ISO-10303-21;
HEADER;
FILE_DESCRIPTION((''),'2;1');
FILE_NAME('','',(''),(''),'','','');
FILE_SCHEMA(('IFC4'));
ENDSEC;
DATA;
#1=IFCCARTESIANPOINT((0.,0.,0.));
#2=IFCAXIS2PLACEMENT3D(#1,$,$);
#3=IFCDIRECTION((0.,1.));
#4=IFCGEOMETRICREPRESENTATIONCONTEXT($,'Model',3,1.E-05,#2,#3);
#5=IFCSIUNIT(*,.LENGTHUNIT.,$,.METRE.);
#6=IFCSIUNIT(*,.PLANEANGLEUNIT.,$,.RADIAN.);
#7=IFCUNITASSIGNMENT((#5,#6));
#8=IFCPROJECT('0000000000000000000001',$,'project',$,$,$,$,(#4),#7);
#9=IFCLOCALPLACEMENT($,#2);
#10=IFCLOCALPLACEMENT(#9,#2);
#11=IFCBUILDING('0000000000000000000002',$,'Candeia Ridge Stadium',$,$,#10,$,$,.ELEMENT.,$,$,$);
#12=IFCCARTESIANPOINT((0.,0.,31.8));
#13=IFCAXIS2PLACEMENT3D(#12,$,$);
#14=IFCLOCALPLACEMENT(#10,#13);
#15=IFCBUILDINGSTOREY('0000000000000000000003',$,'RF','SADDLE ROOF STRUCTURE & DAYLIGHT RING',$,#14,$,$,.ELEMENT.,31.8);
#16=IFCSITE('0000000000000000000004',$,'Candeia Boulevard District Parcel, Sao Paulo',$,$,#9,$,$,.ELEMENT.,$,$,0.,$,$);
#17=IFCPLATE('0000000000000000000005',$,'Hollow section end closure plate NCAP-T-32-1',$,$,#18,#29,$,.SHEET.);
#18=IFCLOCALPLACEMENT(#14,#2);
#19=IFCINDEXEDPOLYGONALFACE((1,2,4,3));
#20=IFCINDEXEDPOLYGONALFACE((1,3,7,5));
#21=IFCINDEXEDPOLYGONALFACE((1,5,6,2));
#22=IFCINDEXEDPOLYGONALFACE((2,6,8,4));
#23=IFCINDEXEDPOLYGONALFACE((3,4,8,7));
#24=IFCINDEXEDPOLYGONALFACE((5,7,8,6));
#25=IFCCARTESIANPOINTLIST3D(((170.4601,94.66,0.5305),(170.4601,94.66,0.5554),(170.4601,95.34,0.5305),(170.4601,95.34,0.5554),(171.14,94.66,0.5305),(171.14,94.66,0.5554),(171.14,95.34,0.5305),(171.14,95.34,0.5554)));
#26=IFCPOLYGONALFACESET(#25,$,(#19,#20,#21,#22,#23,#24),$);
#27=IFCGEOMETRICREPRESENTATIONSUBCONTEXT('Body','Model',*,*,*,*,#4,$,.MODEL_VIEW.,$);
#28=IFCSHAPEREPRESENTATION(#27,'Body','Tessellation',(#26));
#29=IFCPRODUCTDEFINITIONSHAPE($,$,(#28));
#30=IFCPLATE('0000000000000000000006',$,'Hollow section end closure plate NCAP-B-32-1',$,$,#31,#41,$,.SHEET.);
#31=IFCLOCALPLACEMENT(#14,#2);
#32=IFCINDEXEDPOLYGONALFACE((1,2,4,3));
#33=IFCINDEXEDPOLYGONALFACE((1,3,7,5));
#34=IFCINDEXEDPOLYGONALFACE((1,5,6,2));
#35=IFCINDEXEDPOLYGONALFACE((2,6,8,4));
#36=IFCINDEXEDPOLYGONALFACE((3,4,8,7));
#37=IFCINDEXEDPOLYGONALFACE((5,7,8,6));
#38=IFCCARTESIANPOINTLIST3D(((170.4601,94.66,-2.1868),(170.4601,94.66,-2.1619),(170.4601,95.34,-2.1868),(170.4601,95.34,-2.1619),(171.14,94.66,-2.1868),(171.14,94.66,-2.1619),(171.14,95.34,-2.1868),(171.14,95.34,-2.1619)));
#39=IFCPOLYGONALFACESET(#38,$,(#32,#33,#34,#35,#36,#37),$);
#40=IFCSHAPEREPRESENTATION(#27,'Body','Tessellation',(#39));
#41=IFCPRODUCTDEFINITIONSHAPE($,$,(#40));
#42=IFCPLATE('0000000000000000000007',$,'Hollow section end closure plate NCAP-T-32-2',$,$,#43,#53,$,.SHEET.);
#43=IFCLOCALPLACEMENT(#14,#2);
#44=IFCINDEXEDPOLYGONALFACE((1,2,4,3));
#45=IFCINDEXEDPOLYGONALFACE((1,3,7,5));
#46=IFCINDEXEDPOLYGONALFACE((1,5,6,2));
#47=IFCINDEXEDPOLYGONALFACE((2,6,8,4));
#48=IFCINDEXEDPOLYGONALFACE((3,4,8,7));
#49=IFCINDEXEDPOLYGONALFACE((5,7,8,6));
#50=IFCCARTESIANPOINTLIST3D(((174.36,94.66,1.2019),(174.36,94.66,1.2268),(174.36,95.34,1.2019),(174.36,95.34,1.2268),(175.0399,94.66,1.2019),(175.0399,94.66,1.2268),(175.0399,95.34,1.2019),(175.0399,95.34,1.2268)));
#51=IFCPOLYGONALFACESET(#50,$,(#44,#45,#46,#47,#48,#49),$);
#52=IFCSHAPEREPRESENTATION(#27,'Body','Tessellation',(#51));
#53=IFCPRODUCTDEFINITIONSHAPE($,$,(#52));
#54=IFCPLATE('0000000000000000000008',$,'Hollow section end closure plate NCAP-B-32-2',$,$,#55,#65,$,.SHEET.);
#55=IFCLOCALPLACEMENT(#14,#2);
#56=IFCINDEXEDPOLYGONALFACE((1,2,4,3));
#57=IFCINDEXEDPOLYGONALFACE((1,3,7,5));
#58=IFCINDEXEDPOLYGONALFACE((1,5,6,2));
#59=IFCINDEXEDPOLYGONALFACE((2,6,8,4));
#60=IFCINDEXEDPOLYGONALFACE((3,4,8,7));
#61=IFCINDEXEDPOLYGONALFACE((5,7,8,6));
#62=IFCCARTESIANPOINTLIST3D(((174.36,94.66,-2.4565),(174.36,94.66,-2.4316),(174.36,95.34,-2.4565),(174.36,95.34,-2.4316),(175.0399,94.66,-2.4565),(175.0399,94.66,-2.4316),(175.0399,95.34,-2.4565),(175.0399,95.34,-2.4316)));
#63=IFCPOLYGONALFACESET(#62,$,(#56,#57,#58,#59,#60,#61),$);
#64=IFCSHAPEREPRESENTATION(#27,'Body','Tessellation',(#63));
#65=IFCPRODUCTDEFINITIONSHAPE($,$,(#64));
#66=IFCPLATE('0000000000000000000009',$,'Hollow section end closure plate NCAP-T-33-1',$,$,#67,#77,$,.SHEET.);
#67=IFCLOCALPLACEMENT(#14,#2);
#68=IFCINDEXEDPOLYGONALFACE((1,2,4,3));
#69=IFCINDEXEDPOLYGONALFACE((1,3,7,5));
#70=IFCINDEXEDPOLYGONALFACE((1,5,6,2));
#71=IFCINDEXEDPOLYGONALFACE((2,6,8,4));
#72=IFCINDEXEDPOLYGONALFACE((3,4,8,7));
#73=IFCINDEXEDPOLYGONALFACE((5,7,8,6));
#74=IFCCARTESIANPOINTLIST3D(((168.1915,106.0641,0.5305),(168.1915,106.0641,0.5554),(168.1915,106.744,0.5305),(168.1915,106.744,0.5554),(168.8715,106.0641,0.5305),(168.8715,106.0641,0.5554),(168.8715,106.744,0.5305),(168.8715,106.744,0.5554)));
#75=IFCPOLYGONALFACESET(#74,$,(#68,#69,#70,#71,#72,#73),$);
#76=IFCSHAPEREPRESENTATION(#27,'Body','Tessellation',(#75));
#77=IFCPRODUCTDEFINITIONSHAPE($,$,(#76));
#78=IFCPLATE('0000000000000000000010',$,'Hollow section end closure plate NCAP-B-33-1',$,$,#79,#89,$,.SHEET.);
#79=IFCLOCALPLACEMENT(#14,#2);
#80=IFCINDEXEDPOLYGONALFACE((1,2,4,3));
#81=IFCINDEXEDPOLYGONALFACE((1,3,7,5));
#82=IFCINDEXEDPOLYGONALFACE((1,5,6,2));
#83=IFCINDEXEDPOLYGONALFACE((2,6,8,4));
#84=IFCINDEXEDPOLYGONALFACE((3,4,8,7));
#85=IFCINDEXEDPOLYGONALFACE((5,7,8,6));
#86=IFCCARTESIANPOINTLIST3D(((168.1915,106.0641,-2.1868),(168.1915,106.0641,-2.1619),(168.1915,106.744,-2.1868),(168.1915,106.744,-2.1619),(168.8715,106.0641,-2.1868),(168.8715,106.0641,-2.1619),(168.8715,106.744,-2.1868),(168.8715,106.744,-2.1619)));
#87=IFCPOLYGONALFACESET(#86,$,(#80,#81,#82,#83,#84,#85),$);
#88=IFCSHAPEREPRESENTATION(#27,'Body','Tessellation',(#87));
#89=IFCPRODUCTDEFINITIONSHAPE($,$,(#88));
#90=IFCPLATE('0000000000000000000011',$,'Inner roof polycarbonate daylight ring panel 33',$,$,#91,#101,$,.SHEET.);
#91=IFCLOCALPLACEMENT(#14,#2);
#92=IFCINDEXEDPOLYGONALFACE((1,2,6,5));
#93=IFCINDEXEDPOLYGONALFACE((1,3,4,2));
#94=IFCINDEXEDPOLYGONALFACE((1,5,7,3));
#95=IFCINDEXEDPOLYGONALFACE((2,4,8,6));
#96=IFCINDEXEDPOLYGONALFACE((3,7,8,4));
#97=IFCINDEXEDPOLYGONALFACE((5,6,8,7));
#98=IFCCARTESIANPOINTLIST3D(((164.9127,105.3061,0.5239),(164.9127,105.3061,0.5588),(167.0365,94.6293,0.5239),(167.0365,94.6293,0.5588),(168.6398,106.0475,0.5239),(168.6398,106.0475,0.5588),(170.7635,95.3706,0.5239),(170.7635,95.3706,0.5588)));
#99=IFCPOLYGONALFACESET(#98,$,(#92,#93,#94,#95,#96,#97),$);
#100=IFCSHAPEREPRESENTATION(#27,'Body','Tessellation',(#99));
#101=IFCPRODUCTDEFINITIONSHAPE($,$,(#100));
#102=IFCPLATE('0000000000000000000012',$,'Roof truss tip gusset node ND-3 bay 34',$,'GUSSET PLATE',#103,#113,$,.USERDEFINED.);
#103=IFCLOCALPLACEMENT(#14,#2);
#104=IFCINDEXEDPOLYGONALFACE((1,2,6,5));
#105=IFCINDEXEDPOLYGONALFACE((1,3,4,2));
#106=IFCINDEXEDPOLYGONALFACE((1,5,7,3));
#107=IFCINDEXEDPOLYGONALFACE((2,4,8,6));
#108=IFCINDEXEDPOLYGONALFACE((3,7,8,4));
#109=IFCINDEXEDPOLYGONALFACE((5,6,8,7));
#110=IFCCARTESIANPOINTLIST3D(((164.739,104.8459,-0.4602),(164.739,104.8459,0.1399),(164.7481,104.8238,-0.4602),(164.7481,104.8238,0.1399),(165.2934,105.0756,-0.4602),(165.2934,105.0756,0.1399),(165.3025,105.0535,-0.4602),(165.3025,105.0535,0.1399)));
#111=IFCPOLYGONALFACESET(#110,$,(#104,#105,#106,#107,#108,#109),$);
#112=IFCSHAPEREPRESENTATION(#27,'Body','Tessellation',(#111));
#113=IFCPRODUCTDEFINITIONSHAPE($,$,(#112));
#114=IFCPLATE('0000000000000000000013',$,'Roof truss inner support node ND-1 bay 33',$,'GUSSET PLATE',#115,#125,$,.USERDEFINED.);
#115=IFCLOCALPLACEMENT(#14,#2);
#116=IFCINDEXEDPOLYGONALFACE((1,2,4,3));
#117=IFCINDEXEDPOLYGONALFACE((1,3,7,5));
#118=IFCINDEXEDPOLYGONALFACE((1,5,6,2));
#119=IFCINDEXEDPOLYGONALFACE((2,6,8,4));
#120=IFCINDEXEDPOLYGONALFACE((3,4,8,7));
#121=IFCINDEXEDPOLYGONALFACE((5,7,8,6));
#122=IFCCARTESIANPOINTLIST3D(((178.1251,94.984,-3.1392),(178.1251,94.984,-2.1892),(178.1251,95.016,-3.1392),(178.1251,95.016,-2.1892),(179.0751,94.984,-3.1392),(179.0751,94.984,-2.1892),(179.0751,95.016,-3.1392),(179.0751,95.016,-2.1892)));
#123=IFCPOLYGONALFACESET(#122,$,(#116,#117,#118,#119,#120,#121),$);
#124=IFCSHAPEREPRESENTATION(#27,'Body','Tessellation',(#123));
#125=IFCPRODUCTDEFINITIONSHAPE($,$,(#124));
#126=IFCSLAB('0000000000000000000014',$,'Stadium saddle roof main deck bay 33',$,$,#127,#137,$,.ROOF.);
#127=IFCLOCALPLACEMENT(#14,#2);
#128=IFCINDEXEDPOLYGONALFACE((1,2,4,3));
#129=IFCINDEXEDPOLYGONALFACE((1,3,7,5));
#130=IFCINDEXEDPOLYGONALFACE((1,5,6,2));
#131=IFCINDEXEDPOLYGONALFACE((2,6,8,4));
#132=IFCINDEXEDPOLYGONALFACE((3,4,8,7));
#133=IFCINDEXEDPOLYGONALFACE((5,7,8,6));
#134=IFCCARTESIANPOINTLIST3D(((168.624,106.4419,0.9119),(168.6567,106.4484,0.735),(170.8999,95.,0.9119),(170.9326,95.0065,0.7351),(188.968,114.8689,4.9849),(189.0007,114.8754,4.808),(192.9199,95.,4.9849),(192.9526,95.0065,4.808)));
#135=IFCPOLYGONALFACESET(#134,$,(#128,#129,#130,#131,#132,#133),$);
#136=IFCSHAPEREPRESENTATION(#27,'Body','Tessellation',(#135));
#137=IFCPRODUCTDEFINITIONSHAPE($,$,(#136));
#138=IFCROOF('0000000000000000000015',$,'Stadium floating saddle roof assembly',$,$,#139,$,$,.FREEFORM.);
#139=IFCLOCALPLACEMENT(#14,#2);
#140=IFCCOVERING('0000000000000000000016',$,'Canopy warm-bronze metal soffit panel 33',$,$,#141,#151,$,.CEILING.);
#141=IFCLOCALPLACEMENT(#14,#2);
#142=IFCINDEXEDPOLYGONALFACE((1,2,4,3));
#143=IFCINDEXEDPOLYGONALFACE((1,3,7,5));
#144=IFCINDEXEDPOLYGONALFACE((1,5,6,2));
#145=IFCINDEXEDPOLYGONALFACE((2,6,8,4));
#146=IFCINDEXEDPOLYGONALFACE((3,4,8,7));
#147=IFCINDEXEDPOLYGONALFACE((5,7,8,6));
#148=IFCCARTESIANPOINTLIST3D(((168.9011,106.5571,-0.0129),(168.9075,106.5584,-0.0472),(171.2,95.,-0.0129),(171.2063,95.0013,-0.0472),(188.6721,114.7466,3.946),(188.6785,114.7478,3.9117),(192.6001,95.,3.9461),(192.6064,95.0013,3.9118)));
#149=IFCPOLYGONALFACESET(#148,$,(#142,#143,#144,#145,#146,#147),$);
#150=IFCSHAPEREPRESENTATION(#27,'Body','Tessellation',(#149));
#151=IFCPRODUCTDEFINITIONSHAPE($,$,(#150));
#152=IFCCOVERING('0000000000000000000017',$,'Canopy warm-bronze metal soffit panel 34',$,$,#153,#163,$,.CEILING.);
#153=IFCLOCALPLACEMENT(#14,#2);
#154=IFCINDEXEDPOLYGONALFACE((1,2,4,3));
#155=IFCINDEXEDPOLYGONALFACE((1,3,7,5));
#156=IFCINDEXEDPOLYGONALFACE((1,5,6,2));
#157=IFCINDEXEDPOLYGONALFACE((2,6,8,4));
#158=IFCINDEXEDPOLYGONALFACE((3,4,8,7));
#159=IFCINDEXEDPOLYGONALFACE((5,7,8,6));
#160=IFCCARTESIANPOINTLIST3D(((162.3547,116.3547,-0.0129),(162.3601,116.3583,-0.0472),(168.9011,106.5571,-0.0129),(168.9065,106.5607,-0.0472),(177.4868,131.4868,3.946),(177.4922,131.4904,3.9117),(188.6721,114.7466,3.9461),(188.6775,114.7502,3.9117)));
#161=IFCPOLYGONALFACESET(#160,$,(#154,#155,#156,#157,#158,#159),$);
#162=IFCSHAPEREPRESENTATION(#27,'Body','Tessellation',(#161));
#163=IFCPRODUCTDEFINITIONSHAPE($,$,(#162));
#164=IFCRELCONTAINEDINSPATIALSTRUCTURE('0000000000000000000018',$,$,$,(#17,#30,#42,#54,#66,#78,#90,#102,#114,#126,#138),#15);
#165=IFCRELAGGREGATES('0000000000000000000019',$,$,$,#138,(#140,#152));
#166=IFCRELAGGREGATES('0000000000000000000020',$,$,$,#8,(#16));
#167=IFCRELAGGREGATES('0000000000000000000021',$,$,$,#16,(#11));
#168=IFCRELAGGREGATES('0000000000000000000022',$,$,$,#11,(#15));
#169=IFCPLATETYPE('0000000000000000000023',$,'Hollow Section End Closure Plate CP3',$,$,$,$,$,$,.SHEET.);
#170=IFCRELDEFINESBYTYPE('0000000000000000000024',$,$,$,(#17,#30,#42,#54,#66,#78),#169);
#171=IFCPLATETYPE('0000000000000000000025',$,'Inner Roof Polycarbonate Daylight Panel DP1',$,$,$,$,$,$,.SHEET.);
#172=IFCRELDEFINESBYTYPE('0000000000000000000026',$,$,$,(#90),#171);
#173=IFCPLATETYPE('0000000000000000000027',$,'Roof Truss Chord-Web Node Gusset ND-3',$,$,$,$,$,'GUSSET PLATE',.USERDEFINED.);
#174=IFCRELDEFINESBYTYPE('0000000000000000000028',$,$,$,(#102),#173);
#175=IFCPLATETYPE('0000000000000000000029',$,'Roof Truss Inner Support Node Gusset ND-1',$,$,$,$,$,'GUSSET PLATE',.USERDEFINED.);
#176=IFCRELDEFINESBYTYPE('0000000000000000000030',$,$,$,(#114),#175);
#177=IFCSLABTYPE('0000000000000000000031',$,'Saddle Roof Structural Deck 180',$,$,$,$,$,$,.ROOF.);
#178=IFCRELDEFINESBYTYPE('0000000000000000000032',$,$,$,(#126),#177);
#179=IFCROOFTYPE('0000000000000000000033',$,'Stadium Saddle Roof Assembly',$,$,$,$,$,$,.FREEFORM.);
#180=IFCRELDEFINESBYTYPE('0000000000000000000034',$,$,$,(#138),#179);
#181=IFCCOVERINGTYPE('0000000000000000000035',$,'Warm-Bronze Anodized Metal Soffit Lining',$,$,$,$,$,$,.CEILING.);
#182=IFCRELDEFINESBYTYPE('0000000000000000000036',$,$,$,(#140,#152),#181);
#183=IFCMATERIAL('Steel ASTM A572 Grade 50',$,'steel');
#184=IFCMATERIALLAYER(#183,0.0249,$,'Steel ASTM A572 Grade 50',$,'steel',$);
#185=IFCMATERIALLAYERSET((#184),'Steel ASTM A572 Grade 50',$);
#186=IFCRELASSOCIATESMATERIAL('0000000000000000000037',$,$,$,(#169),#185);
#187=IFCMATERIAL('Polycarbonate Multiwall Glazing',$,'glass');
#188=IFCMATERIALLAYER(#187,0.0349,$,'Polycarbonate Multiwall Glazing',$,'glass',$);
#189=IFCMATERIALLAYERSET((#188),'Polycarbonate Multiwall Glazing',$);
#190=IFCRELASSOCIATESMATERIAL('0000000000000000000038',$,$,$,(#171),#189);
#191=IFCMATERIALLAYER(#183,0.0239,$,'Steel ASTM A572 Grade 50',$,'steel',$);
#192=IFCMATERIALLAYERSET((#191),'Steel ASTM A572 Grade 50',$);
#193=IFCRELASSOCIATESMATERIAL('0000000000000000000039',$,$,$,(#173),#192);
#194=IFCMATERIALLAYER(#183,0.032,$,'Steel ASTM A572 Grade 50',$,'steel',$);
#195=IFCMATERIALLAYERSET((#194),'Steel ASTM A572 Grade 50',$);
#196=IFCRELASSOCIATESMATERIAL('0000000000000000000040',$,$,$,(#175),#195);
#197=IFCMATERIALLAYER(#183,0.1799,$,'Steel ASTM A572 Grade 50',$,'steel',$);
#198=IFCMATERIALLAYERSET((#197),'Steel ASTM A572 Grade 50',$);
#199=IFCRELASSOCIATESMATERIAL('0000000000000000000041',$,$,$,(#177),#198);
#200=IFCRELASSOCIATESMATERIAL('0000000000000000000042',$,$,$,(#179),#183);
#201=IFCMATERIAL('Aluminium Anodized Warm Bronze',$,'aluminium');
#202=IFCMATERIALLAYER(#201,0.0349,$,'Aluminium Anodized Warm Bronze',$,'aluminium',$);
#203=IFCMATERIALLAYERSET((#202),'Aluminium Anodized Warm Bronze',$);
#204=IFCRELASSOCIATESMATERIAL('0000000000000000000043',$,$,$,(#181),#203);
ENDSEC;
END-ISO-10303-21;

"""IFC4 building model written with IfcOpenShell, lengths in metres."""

from ifc_helpers import new_model, si_unit, direction, frame, origin, origin_2d, place, context, subcontext, project, spatial, polyline, rectangle, outline, extrude, material, layer, layer_set, type_object, element, aggregate, save


model = new_model("IFC4")

# Units and contexts
model_context = context("Model", 3, precision=1e-05, world=origin(), true_north=direction((0.0, 1.0)))
body_context = subcontext(model_context, "Body", "Model", "MODEL_VIEW")
ifc_project = project(units=[si_unit("LENGTHUNIT", "METRE"), si_unit("PLANEANGLEUNIT", "RADIAN")], contexts=[model_context])

# Site, building, storey
site_placement = place(None, origin())
site = spatial("IfcSite", under=ifc_project, at=site_placement, Name="Candeia Boulevard District Parcel, Sao Paulo", CompositionType="ELEMENT", RefElevation=0.0)
building_placement = place(site_placement, origin())
building = spatial("IfcBuilding", under=site, at=building_placement, Name="Candeia Ridge Stadium", CompositionType="ELEMENT")
storey_placement = place(building_placement, frame((0.0, 0.0, 31.8)))
storey = spatial("IfcBuildingStorey", under=building, at=storey_placement, Name="RF", Description="SADDLE ROOF STRUCTURE & DAYLIGHT RING", CompositionType="ELEMENT", Elevation=31.8)

# Shared definitions
ifc_material_1 = material(Name="Steel ASTM A572 Grade 50", Category="steel")

# Plates
ifc_layer_1 = layer(ifc_material_1, 0.0249, Name="Steel ASTM A572 Grade 50", Category="steel")
ifc_layer_set_1 = layer_set([ifc_layer_1], Name="Steel ASTM A572 Grade 50")
plate_type_1 = type_object("IfcPlateType", Name="Hollow Section End Closure Plate CP3", PredefinedType="SHEET", material=ifc_layer_set_1)
for number, where, z_axis, x_axis, name in (
    (1, (170.8, 95.0, 0.5305), (0.0, 0.0, 1.0), (1.0, 0.0, 0.0), "Hollow section end closure plate NCAP-T-32-1"),
    (2, (170.8, 95.0, -2.1868), (0.0, 0.0, 1.0), (1.0, 0.0, 0.0), "Hollow section end closure plate NCAP-B-32-1"),
    (3, (174.7, 95.0, 1.2019), (0.0, 0.0, 1.0), (1.0, 0.0, 0.0), "Hollow section end closure plate NCAP-T-32-2"),
    (4, (174.7, 95.0, -2.4565), (0.0, 0.0, 1.0), (1.0, 0.0, 0.0), "Hollow section end closure plate NCAP-B-32-2"),
    (5, (168.5315, 106.4041, 0.5305), (0.0, 0.0, 1.0), (1.0, 0.0, 0.0), "Hollow section end closure plate NCAP-T-33-1"),
    (6, (168.5315, 106.4041, -2.1868), (0.0, 0.0, 1.0), (1.0, 0.0, 0.0), "Hollow section end closure plate NCAP-B-33-1"),
):
    element("IfcPlate", number, at=place(storey_placement, frame(where, z_axis=z_axis, x_axis=x_axis)), inside=storey, type_object=plate_type_1, Name=name, PredefinedType="SHEET", context=body_context, shape_type="SweptSolid", body=[
        extrude(rectangle(XDim=0.6799, YDim=0.6799, at=origin_2d()), origin(), (0.0, 0.0, 1.0), 0.0249),
    ])
ifc_material_2 = material(Name="Polycarbonate Multiwall Glazing", Category="glass")
ifc_layer_2 = layer(ifc_material_2, 0.0349, Name="Polycarbonate Multiwall Glazing", Category="glass")
ifc_layer_set_2 = layer_set([ifc_layer_2], Name="Polycarbonate Multiwall Glazing")
plate_type_2 = type_object("IfcPlateType", Name="Inner Roof Polycarbonate Daylight Panel DP1", PredefinedType="SHEET", material=ifc_layer_set_2)
plate_1_placement = place(storey_placement, frame((167.8381, 100.3384, 0.5239), z_axis=(0.0, 0.0, 1.0), x_axis=(-0.19509, 0.980785, 0.0)))
element("IfcPlate", 7, at=plate_1_placement, inside=storey, type_object=plate_type_2, Name="Inner roof polycarbonate daylight ring panel 33", PredefinedType="SHEET", context=body_context, shape_type="SweptSolid", body=[
    extrude(rectangle(XDim=10.886, YDim=3.8, at=origin_2d()), origin(), (0.0, 0.0, 1.0), 0.0349),
])
ifc_layer_3 = layer(ifc_material_1, 0.0239, Name="Steel ASTM A572 Grade 50", Category="steel")
ifc_layer_set_3 = layer_set([ifc_layer_3], Name="Steel ASTM A572 Grade 50")
plate_type_3 = type_object("IfcPlateType", Name="Roof Truss Chord-Web Node Gusset ND-3", ElementType="GUSSET PLATE", PredefinedType="USERDEFINED", material=ifc_layer_set_3)
plate_2_placement = place(storey_placement, frame((165.0208, 104.9497, -0.4602), z_axis=(0.0, 0.0, 1.0), x_axis=(0.92388, 0.382683, 0.0)))
element("IfcPlate", 8, at=plate_2_placement, inside=storey, type_object=plate_type_3, Name="Roof truss tip gusset node ND-3 bay 34", ObjectType="GUSSET PLATE", PredefinedType="USERDEFINED", context=body_context, shape_type="SweptSolid", body=[
    extrude(rectangle(XDim=0.6001, YDim=0.0239, at=origin_2d()), origin(), (0.0, 0.0, 1.0), 0.6001),
])
ifc_layer_4 = layer(ifc_material_1, 0.032, Name="Steel ASTM A572 Grade 50", Category="steel")
ifc_layer_set_4 = layer_set([ifc_layer_4], Name="Steel ASTM A572 Grade 50")
plate_type_4 = type_object("IfcPlateType", Name="Roof Truss Inner Support Node Gusset ND-1", ElementType="GUSSET PLATE", PredefinedType="USERDEFINED", material=ifc_layer_set_4)
plate_3_placement = place(storey_placement, frame((178.6001, 95.0, -3.1392), z_axis=(0.0, 0.0, 1.0), x_axis=(1.0, 0.0, 0.0)))
element("IfcPlate", 9, at=plate_3_placement, inside=storey, type_object=plate_type_4, Name="Roof truss inner support node ND-1 bay 33", ObjectType="GUSSET PLATE", PredefinedType="USERDEFINED", context=body_context, shape_type="SweptSolid", body=[
    extrude(rectangle(XDim=0.95, YDim=0.032, at=origin_2d()), origin(), (0.0, 0.0, 1.0), 0.95),
])

# Slab
ifc_layer_5 = layer(ifc_material_1, 0.1799, Name="Steel ASTM A572 Grade 50", Category="steel")
ifc_layer_set_5 = layer_set([ifc_layer_5], Name="Steel ASTM A572 Grade 50")
slab_type = type_object("IfcSlabType", Name="Saddle Roof Structural Deck 180", PredefinedType="ROOF", material=ifc_layer_set_5)
slab_1_placement = place(storey_placement, frame((170.8999, 95.0, 0.9119), z_axis=(-0.181763, -0.036153, 0.982677), x_axis=(-0.195086, 0.980786, -0.000001)))
element("IfcSlab", 10, at=slab_1_placement, inside=storey, type_object=slab_type, Name="Stadium saddle roof main deck bay 33", PredefinedType="ROOF", context=body_context, shape_type="SweptSolid", body=[
    extrude(outline(polyline([(0.0, 0.0), (11.666, 0.0), (15.9623, -21.9778), (-4.2958, -21.9776), (0.0, 0.0)])), origin(), (0.0, 0.0, -1.0), 0.1799),
])

# Roof, coverings
roof_type = type_object("IfcRoofType", Name="Stadium Saddle Roof Assembly", PredefinedType="FREEFORM", material=ifc_material_1)
roof_placement = place(storey_placement, origin())
roof = element("IfcRoof", 11, at=roof_placement, inside=storey, type_object=roof_type, Name="Stadium floating saddle roof assembly", PredefinedType="FREEFORM")
ifc_material_3 = material(Name="Aluminium Anodized Warm Bronze", Category="aluminium")
ifc_layer_6 = layer(ifc_material_3, 0.0349, Name="Aluminium Anodized Warm Bronze", Category="aluminium")
ifc_layer_set_6 = layer_set([ifc_layer_6], Name="Aluminium Anodized Warm Bronze")
covering_type = type_object("IfcCoveringType", Name="Warm-Bronze Anodized Metal Soffit Lining", PredefinedType="CEILING", material=ifc_layer_set_6)
covering_1_placement = place(storey_placement, frame((171.2, 95.0, -0.0129), z_axis=(-0.181793, -0.036162, 0.982672), x_axis=(-0.195088, 0.980786, 0.000001)))
covering_1 = element("IfcCovering", 12, at=covering_1_placement, type_object=covering_type, Name="Canopy warm-bronze metal soffit panel 33", PredefinedType="CEILING", context=body_context, shape_type="SweptSolid", body=[
    extrude(outline(polyline([(0.0, 0.0), (11.7835, 0.0), (15.9586, -21.3589), (-4.1749, -21.3591), (0.0, 0.0)])), origin(), (0.0, 0.0, -1.0), 0.0349),
])
covering_2_placement = place(storey_placement, frame((168.9011, 106.5571, -0.0129), z_axis=(-0.154118, -0.102976, 0.982672), x_axis=(-0.555561, 0.831476, 0.000001)))
covering_2 = element("IfcCovering", 13, at=covering_2_placement, type_object=covering_type, Name="Canopy warm-bronze metal soffit panel 34", PredefinedType="CEILING", context=body_context, shape_type="SweptSolid", body=[
    extrude(outline(polyline([(0.0, 0.0), (11.7834, 0.0), (15.9586, -21.3589), (-4.1747, -21.359), (0.0, 0.0)])), origin(), (0.0, 0.0, -1.0), 0.0349),
])
aggregate(roof, [covering_1, covering_2])

save(model, "model.ifc")
